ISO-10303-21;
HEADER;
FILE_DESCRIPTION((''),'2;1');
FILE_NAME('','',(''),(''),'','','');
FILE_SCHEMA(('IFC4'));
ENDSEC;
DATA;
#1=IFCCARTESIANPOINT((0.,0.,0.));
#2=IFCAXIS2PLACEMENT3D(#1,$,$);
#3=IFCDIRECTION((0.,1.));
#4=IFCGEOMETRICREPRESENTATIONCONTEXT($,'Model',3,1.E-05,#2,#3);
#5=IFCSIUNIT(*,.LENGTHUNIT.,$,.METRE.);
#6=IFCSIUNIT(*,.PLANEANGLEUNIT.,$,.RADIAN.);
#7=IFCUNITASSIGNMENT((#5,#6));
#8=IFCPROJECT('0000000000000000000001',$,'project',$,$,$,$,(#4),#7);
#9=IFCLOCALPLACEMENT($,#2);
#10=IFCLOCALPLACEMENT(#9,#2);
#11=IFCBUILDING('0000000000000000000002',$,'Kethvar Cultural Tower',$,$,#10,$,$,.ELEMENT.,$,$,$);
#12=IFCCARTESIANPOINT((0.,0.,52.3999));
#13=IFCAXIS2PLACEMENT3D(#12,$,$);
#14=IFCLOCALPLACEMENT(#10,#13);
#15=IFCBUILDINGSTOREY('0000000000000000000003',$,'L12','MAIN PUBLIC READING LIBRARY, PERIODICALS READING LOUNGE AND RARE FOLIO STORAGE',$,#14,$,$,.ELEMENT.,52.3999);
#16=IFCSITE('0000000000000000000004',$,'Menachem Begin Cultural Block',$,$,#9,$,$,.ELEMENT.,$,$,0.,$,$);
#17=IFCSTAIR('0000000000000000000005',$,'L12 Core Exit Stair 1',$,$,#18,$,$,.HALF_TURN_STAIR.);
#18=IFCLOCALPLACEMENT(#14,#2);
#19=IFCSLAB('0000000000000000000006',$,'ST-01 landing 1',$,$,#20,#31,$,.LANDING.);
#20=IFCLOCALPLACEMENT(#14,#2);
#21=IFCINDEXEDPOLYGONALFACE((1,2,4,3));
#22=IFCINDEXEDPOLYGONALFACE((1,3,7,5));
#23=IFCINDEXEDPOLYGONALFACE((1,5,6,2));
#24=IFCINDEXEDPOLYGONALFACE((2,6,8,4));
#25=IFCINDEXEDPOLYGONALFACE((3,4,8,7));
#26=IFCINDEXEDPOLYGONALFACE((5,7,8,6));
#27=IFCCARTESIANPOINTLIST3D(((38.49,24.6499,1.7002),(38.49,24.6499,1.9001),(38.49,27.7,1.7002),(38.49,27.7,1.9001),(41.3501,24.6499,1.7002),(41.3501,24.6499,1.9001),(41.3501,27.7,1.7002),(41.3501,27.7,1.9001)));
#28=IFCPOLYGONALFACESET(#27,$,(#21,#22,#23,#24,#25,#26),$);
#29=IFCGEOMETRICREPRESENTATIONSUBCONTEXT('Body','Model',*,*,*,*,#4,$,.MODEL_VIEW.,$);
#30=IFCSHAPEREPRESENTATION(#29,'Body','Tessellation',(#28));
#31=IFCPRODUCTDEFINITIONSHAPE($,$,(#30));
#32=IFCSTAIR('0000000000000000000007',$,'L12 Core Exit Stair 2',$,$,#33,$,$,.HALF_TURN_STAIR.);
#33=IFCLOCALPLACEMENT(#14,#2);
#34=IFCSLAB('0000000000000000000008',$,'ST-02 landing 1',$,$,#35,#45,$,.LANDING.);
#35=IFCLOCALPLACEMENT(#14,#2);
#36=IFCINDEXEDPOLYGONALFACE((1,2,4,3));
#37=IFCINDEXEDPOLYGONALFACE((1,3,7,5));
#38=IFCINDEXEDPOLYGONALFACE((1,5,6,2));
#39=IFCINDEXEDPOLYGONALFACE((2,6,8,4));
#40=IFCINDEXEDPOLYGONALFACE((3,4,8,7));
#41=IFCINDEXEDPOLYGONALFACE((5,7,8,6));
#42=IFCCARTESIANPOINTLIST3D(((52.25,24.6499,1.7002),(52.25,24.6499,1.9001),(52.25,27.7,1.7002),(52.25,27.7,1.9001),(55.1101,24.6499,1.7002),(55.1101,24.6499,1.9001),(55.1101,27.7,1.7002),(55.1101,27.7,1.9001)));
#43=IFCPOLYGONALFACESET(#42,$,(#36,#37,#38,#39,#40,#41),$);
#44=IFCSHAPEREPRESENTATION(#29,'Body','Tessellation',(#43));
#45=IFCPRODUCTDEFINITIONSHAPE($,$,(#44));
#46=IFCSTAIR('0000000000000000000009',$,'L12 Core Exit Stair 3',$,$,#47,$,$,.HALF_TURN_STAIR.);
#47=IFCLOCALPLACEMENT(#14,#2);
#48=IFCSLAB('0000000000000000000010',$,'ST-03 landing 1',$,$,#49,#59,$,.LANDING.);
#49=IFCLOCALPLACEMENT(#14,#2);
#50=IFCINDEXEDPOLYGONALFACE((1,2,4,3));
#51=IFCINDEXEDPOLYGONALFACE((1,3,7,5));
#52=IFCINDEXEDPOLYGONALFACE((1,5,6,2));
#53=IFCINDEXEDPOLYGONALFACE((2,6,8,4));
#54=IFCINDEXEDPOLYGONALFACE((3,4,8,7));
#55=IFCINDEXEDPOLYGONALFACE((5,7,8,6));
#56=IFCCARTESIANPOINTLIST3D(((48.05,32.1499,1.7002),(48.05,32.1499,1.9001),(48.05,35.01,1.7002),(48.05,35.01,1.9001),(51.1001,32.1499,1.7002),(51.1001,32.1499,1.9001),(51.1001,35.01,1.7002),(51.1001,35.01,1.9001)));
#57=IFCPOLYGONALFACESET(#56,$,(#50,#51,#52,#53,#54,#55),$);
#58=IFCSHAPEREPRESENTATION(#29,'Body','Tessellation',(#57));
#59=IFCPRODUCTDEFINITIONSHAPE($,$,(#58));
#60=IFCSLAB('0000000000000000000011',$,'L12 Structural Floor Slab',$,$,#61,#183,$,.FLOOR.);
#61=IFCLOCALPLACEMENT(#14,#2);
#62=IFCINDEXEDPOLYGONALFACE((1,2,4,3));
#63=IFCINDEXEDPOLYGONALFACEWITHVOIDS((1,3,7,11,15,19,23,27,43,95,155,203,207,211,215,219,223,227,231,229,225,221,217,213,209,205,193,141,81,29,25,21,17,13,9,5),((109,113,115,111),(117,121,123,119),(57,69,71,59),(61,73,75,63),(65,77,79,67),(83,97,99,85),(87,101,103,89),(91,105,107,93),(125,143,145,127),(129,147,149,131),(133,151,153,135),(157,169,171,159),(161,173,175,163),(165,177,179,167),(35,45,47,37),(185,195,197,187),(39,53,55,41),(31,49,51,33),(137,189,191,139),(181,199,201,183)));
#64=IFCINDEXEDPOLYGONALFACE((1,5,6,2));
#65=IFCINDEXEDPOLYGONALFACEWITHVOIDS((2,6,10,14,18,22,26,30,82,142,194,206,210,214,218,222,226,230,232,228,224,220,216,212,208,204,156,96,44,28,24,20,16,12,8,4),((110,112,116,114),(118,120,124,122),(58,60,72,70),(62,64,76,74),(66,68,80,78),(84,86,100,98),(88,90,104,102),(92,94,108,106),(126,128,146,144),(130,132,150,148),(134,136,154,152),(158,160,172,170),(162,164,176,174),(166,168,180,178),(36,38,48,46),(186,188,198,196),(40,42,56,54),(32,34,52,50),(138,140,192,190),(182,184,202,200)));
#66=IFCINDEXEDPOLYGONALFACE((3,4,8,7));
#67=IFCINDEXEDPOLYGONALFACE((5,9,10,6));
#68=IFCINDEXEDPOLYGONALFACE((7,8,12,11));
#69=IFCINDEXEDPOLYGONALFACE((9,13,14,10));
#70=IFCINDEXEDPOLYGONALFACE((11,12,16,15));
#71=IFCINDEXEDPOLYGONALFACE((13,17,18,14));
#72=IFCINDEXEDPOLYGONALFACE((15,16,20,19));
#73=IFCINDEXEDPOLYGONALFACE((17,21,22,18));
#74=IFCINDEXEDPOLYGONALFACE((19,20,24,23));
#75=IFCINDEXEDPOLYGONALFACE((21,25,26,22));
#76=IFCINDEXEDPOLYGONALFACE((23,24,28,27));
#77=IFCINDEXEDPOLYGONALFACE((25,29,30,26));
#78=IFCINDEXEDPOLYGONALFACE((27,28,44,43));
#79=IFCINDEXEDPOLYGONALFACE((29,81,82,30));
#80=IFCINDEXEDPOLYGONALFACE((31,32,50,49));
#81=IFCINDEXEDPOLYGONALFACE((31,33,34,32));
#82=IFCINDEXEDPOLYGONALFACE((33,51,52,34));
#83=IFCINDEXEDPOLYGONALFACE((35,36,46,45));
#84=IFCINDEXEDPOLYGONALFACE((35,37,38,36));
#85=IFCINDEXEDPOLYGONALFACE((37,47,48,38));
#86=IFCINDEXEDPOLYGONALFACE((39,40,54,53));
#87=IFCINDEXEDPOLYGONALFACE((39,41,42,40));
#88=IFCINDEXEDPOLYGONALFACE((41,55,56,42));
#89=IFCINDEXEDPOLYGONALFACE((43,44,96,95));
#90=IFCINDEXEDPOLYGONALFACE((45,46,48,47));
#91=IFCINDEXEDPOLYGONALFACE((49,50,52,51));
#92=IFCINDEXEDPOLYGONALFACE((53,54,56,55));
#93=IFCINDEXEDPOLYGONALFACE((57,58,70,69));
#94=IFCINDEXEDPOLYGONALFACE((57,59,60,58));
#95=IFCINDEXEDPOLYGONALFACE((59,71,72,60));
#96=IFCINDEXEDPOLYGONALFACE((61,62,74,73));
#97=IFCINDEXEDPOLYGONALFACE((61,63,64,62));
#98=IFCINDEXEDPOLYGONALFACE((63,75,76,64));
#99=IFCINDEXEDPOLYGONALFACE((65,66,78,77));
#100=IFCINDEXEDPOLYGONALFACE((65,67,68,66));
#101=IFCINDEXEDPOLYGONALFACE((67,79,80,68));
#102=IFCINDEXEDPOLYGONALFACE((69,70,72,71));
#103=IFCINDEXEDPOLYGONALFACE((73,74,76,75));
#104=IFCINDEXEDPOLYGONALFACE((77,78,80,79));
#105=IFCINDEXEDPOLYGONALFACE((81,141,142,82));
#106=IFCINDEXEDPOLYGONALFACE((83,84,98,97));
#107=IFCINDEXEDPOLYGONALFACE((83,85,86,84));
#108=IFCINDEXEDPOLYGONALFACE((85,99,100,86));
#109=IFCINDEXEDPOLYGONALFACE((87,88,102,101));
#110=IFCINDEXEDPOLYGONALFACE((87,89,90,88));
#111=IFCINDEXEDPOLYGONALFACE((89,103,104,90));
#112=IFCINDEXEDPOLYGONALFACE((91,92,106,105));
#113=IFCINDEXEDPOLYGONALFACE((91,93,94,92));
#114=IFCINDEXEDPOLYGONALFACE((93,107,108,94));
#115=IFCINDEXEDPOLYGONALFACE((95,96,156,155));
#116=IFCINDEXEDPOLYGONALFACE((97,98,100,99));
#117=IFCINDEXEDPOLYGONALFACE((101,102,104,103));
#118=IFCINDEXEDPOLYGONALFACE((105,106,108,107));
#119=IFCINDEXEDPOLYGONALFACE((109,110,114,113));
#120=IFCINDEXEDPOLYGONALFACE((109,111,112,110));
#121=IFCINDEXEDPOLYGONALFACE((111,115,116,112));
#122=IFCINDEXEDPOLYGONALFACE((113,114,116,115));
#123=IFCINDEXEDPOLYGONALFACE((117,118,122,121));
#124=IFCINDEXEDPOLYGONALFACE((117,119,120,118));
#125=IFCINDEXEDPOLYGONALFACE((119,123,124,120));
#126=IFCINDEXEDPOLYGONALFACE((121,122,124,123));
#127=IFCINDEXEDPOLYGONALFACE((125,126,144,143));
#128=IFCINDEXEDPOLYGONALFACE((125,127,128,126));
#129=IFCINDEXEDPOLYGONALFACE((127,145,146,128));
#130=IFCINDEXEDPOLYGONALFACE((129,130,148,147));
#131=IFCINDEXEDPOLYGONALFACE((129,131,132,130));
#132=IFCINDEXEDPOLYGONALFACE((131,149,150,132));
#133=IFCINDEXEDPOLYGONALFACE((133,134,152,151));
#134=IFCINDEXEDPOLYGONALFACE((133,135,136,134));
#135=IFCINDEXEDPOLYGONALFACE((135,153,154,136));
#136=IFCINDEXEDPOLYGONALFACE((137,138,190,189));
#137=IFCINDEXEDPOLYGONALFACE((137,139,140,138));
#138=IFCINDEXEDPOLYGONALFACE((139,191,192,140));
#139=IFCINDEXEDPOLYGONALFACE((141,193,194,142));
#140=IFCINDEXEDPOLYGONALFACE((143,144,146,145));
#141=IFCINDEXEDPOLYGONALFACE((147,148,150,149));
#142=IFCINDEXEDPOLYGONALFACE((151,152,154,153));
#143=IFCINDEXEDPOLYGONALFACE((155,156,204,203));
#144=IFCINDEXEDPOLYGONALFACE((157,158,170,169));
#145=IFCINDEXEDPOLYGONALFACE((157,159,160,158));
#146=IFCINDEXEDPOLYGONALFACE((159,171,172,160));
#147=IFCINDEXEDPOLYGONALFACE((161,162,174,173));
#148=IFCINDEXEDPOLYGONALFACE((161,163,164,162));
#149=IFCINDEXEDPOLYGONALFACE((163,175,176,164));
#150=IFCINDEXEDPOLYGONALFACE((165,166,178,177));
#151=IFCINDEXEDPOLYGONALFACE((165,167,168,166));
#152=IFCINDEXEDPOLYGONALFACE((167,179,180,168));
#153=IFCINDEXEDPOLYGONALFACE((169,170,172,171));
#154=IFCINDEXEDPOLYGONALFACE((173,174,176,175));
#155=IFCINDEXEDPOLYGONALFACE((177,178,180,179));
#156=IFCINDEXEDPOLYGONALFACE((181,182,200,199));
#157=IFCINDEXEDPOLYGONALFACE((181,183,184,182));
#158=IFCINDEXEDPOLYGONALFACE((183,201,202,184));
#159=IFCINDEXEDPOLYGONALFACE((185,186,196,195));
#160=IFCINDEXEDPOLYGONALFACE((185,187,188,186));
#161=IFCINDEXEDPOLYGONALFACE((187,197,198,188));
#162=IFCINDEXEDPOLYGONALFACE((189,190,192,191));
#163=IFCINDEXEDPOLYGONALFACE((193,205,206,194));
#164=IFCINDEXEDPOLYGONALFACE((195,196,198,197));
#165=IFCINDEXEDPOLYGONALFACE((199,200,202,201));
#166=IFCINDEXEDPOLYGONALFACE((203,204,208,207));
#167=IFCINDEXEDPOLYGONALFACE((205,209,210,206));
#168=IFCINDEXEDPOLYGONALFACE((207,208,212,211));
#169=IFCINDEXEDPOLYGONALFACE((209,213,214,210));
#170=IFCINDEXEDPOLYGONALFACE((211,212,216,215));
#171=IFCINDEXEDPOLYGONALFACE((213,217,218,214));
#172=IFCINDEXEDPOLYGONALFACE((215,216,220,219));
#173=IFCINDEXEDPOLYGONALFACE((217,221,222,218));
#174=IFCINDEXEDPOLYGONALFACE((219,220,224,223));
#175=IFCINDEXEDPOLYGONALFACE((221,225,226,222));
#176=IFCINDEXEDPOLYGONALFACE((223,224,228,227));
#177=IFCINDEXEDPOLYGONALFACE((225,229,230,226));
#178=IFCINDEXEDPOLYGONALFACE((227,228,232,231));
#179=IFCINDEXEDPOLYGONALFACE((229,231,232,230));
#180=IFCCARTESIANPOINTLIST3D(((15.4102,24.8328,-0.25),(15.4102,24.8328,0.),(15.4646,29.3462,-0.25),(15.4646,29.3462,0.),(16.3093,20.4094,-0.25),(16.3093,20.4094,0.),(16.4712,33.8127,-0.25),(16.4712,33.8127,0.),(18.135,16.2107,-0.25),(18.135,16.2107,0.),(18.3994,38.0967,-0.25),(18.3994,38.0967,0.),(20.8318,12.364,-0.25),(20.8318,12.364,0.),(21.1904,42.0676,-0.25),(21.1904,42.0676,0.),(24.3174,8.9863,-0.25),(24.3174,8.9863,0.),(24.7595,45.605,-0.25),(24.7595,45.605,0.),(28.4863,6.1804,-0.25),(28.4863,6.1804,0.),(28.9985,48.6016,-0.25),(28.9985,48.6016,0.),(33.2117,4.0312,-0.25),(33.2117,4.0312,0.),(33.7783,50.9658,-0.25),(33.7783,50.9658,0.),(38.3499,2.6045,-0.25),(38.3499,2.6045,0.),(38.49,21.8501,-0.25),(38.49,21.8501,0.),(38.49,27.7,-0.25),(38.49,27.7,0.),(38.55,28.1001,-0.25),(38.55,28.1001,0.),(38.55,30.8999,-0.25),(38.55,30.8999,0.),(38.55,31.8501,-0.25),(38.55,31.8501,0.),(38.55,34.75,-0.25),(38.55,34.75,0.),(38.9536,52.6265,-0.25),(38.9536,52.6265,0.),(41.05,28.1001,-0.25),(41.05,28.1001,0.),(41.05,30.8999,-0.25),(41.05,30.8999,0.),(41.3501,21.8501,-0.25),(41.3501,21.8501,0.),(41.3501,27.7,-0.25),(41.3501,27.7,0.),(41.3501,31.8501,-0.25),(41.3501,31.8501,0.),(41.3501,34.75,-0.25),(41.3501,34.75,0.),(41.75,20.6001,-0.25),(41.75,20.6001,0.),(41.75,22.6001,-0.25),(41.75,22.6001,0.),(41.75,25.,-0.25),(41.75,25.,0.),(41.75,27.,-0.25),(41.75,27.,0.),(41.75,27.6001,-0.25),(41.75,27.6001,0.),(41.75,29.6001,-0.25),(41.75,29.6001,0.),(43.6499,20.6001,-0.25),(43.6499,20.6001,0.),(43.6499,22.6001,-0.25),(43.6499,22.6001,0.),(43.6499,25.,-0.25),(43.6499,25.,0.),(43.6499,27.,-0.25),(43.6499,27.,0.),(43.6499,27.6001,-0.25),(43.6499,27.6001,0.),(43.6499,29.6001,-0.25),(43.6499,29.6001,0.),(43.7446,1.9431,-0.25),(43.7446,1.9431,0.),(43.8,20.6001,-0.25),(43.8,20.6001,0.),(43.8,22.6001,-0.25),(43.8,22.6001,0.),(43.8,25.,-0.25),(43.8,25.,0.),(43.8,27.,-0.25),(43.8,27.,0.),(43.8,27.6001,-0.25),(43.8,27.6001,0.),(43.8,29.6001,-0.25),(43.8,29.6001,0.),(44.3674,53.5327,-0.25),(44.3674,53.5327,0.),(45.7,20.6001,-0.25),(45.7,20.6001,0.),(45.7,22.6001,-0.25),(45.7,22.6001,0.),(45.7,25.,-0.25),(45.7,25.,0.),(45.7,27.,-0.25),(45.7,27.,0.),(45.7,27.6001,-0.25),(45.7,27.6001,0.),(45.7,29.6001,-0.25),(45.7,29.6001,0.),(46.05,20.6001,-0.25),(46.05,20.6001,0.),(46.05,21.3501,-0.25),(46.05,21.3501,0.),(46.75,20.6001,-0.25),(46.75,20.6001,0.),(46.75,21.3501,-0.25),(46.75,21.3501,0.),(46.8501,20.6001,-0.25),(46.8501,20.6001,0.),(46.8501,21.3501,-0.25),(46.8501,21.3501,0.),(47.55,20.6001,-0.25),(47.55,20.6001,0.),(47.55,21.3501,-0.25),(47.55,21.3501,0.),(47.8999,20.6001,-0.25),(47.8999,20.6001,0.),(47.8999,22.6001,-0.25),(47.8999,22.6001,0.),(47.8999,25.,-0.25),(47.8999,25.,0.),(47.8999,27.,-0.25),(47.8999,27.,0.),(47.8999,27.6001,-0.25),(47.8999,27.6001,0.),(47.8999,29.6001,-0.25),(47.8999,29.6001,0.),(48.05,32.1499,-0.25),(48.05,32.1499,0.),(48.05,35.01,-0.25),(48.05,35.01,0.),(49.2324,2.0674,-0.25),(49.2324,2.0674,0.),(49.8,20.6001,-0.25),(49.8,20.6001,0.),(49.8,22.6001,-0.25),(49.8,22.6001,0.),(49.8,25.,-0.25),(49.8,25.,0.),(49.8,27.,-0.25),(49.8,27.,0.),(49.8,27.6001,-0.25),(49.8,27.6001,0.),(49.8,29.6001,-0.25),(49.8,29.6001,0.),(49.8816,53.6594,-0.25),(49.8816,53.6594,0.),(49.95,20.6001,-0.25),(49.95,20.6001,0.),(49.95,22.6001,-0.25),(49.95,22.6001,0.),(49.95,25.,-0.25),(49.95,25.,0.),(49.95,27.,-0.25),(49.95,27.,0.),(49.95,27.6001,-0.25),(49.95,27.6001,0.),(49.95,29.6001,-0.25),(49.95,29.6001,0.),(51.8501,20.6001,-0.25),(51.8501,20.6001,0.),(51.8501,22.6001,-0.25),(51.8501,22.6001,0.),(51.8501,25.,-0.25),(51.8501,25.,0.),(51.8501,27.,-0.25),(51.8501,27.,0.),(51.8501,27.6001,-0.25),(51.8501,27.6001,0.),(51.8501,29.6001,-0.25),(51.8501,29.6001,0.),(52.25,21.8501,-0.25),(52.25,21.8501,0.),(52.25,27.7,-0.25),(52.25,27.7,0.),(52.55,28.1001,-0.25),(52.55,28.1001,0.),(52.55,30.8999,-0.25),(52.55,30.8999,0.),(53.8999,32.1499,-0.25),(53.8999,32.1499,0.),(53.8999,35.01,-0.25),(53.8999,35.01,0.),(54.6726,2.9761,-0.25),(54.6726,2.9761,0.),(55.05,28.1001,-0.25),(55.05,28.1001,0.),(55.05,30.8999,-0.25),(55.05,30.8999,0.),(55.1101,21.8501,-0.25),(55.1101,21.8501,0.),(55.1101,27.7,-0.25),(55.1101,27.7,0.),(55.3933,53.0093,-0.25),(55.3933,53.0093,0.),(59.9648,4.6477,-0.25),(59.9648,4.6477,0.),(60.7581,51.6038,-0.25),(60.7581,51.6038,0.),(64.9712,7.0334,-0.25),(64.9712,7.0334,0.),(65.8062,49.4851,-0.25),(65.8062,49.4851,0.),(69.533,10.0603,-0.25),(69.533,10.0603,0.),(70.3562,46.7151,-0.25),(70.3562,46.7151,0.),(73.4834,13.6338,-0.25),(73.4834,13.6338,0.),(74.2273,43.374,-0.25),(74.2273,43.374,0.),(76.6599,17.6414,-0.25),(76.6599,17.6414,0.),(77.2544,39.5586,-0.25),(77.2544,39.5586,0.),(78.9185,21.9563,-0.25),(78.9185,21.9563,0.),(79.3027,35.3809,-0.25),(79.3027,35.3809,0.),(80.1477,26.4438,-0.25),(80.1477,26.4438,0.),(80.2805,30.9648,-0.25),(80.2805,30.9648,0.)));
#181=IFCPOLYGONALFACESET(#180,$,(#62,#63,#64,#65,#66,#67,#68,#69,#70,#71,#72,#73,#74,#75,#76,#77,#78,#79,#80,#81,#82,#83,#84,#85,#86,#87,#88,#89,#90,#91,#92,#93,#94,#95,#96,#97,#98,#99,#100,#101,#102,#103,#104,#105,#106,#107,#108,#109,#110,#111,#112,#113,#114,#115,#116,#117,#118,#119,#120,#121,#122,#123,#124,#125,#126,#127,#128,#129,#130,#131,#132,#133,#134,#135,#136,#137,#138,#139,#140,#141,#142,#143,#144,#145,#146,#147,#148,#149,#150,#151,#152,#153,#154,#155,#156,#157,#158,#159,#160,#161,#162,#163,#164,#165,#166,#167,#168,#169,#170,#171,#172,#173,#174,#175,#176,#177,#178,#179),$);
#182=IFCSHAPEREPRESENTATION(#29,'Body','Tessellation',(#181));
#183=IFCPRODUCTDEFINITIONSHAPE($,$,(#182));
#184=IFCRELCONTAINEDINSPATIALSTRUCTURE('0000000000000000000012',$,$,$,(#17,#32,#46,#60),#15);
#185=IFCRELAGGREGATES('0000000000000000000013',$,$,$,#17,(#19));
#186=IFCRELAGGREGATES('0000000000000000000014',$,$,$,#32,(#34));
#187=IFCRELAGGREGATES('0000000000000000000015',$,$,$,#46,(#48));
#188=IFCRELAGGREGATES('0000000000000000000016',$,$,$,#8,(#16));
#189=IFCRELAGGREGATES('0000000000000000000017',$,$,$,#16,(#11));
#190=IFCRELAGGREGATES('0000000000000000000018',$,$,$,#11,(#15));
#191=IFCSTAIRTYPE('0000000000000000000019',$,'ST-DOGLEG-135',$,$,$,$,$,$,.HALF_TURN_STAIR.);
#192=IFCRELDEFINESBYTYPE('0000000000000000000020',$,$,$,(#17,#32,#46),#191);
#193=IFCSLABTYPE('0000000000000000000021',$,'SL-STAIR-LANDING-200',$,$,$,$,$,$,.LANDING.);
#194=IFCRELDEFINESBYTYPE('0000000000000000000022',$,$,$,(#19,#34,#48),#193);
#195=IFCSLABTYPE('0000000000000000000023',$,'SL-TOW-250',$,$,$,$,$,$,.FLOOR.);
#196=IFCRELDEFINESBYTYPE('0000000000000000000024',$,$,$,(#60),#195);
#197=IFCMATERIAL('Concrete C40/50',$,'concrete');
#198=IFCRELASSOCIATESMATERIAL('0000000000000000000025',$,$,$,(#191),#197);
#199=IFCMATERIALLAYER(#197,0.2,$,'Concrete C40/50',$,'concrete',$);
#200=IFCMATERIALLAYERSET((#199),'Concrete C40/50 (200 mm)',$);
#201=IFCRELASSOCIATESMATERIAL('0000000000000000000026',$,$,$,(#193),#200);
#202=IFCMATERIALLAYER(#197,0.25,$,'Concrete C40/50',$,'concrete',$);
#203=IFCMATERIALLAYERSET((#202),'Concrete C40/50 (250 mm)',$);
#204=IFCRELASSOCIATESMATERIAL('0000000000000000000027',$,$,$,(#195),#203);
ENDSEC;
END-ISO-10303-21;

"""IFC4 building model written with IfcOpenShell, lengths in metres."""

from ifc_helpers import new_model, si_unit, direction, frame, origin, place, context, subcontext, project, spatial, polyline, outline, extrude, material, layer, layer_set, type_object, element, aggregate, save


model = new_model("IFC4")

# Units and contexts
model_context = context("Model", 3, precision=1e-05, world=origin(), true_north=direction((0.0, 1.0)))
body_context = subcontext(model_context, "Body", "Model", "MODEL_VIEW")
ifc_project = project(units=[si_unit("LENGTHUNIT", "METRE"), si_unit("PLANEANGLEUNIT", "RADIAN")], contexts=[model_context])

# Site, building, storey
site_placement = place(None, origin())
site = spatial("IfcSite", under=ifc_project, at=site_placement, Name="Menachem Begin Cultural Block", CompositionType="ELEMENT", RefElevation=0.0)
building_placement = place(site_placement, origin())
building = spatial("IfcBuilding", under=site, at=building_placement, Name="Kethvar Cultural Tower", CompositionType="ELEMENT")
storey_placement = place(building_placement, frame((0.0, 0.0, 52.3999)))
storey = spatial("IfcBuildingStorey", under=building, at=storey_placement, Name="L12", Description="MAIN PUBLIC READING LIBRARY, PERIODICALS READING LOUNGE AND RARE FOLIO STORAGE", CompositionType="ELEMENT", Elevation=52.3999)

# Stairs, slabs
ifc_material_1 = material(Name="Concrete C40/50", Category="concrete")
stair_type = type_object("IfcStairType", Name="ST-DOGLEG-135", PredefinedType="HALF_TURN_STAIR", material=ifc_material_1)
stair_1_placement = place(storey_placement, origin())
stair_1 = element("IfcStair", 1, at=stair_1_placement, inside=storey, type_object=stair_type, Name="L12 Core Exit Stair 1", PredefinedType="HALF_TURN_STAIR")
ifc_layer_1 = layer(ifc_material_1, 0.2, Name="Concrete C40/50", Category="concrete")
ifc_layer_set_1 = layer_set([ifc_layer_1], Name="Concrete C40/50 (200 mm)")
slab_type_1 = type_object("IfcSlabType", Name="SL-STAIR-LANDING-200", PredefinedType="LANDING", material=ifc_layer_set_1)
slab_1_placement = place(storey_placement, frame((0.0, 0.0, 1.7002)))
slab_1 = element("IfcSlab", 2, at=slab_1_placement, type_object=slab_type_1, Name="ST-01 landing 1", PredefinedType="LANDING", context=body_context, shape_type="SweptSolid", body=[
    extrude(outline(polyline([(41.3501, 24.6499), (41.3501, 27.7), (38.49, 27.7), (38.49, 24.6499), (41.3501, 24.6499)])), origin(), (0.0, 0.0, 1.0), 0.2),
])
aggregate(stair_1, [slab_1])
stair_2_placement = place(storey_placement, origin())
stair_2 = element("IfcStair", 3, at=stair_2_placement, inside=storey, type_object=stair_type, Name="L12 Core Exit Stair 2", PredefinedType="HALF_TURN_STAIR")
slab_2_placement = place(storey_placement, frame((0.0, 0.0, 1.7002)))
slab_2 = element("IfcSlab", 4, at=slab_2_placement, type_object=slab_type_1, Name="ST-02 landing 1", PredefinedType="LANDING", context=body_context, shape_type="SweptSolid", body=[
    extrude(outline(polyline([(55.1101, 24.6499), (55.1101, 27.7), (52.25, 27.7), (52.25, 24.6499), (55.1101, 24.6499)])), origin(), (0.0, 0.0, 1.0), 0.2),
])
aggregate(stair_2, [slab_2])
stair_3_placement = place(storey_placement, origin())
stair_3 = element("IfcStair", 5, at=stair_3_placement, inside=storey, type_object=stair_type, Name="L12 Core Exit Stair 3", PredefinedType="HALF_TURN_STAIR")
slab_3_placement = place(storey_placement, frame((0.0, 0.0, 1.7002)))
slab_3 = element("IfcSlab", 6, at=slab_3_placement, type_object=slab_type_1, Name="ST-03 landing 1", PredefinedType="LANDING", context=body_context, shape_type="SweptSolid", body=[
    extrude(outline(polyline([(51.1001, 35.01), (48.05, 35.01), (48.05, 32.1499), (51.1001, 32.1499), (51.1001, 35.01)])), origin(), (0.0, 0.0, 1.0), 0.2),
])
aggregate(stair_3, [slab_3])

# Slab
ifc_layer_2 = layer(ifc_material_1, 0.25, Name="Concrete C40/50", Category="concrete")
ifc_layer_set_2 = layer_set([ifc_layer_2], Name="Concrete C40/50 (250 mm)")
slab_type_2 = type_object("IfcSlabType", Name="SL-TOW-250", PredefinedType="FLOOR", material=ifc_layer_set_2)
slab_4_placement = place(storey_placement, frame((0.0, 0.0, -0.25)))
element("IfcSlab", 7, at=slab_4_placement, inside=storey, type_object=slab_type_2, Name="L12 Structural Floor Slab", PredefinedType="FLOOR", context=body_context, shape_type="SweptSolid", body=[
    extrude(outline(polyline([(80.2805, 30.9648), (79.3027, 35.3809), (77.2544, 39.5586), (74.2273, 43.374), (70.3562, 46.7151), (65.8062, 49.4851), (60.7581, 51.6038), (55.3933, 53.0093), (49.8816, 53.6594), (44.3674, 53.5327), (38.9536, 52.6265), (33.7783, 50.9658), (28.9985, 48.6016), (24.7595, 45.605), (21.1904, 42.0676), (18.3994, 38.0967), (16.4712, 33.8127), (15.4646, 29.3462), (15.4102, 24.8328), (16.3093, 20.4094), (18.135, 16.2107), (20.8318, 12.364), (24.3174, 8.9863), (28.4863, 6.1804), (33.2117, 4.0312), (38.3499, 2.6045), (43.7446, 1.9431), (49.2324, 2.0674), (54.6726, 2.9761), (59.9648, 4.6477), (64.9712, 7.0334), (69.533, 10.0603), (73.4834, 13.6338), (76.6599, 17.6414), (78.9185, 21.9563), (80.1477, 26.4438), (80.2805, 30.9648)]), holes=[polyline([(38.49, 21.8501), (38.49, 27.7), (41.3501, 27.7), (41.3501, 21.8501), (38.49, 21.8501)]), polyline([(52.25, 21.8501), (52.25, 27.7), (55.1101, 27.7), (55.1101, 21.8501), (52.25, 21.8501)]), polyline([(53.8999, 32.1499), (48.05, 32.1499), (48.05, 35.01), (53.8999, 35.01), (53.8999, 32.1499)]), polyline([(41.75, 22.6001), (43.6499, 22.6001), (43.6499, 20.6001), (41.75, 20.6001), (41.75, 22.6001)]), polyline([(43.8, 22.6001), (45.7, 22.6001), (45.7, 20.6001), (43.8, 20.6001), (43.8, 22.6001)]), polyline([(47.8999, 22.6001), (49.8, 22.6001), (49.8, 20.6001), (47.8999, 20.6001), (47.8999, 22.6001)]), polyline([(49.95, 22.6001), (51.8501, 22.6001), (51.8501, 20.6001), (49.95, 20.6001), (49.95, 22.6001)]), polyline([(41.75, 27.0), (43.6499, 27.0), (43.6499, 25.0), (41.75, 25.0), (41.75, 27.0)]), polyline([(43.8, 27.0), (45.7, 27.0), (45.7, 25.0), (43.8, 25.0), (43.8, 27.0)]), polyline([(47.8999, 27.0), (49.8, 27.0), (49.8, 25.0), (47.8999, 25.0), (47.8999, 27.0)]), polyline([(49.95, 27.0), (51.8501, 27.0), (51.8501, 25.0), (49.95, 25.0), (49.95, 27.0)]), polyline([(41.75, 29.6001), (43.6499, 29.6001), (43.6499, 27.6001), (41.75, 27.6001), (41.75, 29.6001)]), polyline([(43.8, 29.6001), (45.7, 29.6001), (45.7, 27.6001), (43.8, 27.6001), (43.8, 29.6001)]), polyline([(47.8999, 29.6001), (49.8, 29.6001), (49.8, 27.6001), (47.8999, 27.6001), (47.8999, 29.6001)]), polyline([(49.95, 29.6001), (51.8501, 29.6001), (51.8501, 27.6001), (49.95, 27.6001), (49.95, 29.6001)]), polyline([(38.55, 30.8999), (41.05, 30.8999), (41.05, 28.1001), (38.55, 28.1001), (38.55, 30.8999)]), polyline([(52.55, 30.8999), (55.05, 30.8999), (55.05, 28.1001), (52.55, 28.1001), (52.55, 30.8999)]), polyline([(38.55, 34.75), (41.3501, 34.75), (41.3501, 31.8501), (38.55, 31.8501), (38.55, 34.75)]), polyline([(46.05, 21.3501), (46.75, 21.3501), (46.75, 20.6001), (46.05, 20.6001), (46.05, 21.3501)]), polyline([(46.8501, 21.3501), (47.55, 21.3501), (47.55, 20.6001), (46.8501, 20.6001), (46.8501, 21.3501)])]), origin(), (0.0, 0.0, 1.0), 0.25),
])

save(model, "model.ifc")
